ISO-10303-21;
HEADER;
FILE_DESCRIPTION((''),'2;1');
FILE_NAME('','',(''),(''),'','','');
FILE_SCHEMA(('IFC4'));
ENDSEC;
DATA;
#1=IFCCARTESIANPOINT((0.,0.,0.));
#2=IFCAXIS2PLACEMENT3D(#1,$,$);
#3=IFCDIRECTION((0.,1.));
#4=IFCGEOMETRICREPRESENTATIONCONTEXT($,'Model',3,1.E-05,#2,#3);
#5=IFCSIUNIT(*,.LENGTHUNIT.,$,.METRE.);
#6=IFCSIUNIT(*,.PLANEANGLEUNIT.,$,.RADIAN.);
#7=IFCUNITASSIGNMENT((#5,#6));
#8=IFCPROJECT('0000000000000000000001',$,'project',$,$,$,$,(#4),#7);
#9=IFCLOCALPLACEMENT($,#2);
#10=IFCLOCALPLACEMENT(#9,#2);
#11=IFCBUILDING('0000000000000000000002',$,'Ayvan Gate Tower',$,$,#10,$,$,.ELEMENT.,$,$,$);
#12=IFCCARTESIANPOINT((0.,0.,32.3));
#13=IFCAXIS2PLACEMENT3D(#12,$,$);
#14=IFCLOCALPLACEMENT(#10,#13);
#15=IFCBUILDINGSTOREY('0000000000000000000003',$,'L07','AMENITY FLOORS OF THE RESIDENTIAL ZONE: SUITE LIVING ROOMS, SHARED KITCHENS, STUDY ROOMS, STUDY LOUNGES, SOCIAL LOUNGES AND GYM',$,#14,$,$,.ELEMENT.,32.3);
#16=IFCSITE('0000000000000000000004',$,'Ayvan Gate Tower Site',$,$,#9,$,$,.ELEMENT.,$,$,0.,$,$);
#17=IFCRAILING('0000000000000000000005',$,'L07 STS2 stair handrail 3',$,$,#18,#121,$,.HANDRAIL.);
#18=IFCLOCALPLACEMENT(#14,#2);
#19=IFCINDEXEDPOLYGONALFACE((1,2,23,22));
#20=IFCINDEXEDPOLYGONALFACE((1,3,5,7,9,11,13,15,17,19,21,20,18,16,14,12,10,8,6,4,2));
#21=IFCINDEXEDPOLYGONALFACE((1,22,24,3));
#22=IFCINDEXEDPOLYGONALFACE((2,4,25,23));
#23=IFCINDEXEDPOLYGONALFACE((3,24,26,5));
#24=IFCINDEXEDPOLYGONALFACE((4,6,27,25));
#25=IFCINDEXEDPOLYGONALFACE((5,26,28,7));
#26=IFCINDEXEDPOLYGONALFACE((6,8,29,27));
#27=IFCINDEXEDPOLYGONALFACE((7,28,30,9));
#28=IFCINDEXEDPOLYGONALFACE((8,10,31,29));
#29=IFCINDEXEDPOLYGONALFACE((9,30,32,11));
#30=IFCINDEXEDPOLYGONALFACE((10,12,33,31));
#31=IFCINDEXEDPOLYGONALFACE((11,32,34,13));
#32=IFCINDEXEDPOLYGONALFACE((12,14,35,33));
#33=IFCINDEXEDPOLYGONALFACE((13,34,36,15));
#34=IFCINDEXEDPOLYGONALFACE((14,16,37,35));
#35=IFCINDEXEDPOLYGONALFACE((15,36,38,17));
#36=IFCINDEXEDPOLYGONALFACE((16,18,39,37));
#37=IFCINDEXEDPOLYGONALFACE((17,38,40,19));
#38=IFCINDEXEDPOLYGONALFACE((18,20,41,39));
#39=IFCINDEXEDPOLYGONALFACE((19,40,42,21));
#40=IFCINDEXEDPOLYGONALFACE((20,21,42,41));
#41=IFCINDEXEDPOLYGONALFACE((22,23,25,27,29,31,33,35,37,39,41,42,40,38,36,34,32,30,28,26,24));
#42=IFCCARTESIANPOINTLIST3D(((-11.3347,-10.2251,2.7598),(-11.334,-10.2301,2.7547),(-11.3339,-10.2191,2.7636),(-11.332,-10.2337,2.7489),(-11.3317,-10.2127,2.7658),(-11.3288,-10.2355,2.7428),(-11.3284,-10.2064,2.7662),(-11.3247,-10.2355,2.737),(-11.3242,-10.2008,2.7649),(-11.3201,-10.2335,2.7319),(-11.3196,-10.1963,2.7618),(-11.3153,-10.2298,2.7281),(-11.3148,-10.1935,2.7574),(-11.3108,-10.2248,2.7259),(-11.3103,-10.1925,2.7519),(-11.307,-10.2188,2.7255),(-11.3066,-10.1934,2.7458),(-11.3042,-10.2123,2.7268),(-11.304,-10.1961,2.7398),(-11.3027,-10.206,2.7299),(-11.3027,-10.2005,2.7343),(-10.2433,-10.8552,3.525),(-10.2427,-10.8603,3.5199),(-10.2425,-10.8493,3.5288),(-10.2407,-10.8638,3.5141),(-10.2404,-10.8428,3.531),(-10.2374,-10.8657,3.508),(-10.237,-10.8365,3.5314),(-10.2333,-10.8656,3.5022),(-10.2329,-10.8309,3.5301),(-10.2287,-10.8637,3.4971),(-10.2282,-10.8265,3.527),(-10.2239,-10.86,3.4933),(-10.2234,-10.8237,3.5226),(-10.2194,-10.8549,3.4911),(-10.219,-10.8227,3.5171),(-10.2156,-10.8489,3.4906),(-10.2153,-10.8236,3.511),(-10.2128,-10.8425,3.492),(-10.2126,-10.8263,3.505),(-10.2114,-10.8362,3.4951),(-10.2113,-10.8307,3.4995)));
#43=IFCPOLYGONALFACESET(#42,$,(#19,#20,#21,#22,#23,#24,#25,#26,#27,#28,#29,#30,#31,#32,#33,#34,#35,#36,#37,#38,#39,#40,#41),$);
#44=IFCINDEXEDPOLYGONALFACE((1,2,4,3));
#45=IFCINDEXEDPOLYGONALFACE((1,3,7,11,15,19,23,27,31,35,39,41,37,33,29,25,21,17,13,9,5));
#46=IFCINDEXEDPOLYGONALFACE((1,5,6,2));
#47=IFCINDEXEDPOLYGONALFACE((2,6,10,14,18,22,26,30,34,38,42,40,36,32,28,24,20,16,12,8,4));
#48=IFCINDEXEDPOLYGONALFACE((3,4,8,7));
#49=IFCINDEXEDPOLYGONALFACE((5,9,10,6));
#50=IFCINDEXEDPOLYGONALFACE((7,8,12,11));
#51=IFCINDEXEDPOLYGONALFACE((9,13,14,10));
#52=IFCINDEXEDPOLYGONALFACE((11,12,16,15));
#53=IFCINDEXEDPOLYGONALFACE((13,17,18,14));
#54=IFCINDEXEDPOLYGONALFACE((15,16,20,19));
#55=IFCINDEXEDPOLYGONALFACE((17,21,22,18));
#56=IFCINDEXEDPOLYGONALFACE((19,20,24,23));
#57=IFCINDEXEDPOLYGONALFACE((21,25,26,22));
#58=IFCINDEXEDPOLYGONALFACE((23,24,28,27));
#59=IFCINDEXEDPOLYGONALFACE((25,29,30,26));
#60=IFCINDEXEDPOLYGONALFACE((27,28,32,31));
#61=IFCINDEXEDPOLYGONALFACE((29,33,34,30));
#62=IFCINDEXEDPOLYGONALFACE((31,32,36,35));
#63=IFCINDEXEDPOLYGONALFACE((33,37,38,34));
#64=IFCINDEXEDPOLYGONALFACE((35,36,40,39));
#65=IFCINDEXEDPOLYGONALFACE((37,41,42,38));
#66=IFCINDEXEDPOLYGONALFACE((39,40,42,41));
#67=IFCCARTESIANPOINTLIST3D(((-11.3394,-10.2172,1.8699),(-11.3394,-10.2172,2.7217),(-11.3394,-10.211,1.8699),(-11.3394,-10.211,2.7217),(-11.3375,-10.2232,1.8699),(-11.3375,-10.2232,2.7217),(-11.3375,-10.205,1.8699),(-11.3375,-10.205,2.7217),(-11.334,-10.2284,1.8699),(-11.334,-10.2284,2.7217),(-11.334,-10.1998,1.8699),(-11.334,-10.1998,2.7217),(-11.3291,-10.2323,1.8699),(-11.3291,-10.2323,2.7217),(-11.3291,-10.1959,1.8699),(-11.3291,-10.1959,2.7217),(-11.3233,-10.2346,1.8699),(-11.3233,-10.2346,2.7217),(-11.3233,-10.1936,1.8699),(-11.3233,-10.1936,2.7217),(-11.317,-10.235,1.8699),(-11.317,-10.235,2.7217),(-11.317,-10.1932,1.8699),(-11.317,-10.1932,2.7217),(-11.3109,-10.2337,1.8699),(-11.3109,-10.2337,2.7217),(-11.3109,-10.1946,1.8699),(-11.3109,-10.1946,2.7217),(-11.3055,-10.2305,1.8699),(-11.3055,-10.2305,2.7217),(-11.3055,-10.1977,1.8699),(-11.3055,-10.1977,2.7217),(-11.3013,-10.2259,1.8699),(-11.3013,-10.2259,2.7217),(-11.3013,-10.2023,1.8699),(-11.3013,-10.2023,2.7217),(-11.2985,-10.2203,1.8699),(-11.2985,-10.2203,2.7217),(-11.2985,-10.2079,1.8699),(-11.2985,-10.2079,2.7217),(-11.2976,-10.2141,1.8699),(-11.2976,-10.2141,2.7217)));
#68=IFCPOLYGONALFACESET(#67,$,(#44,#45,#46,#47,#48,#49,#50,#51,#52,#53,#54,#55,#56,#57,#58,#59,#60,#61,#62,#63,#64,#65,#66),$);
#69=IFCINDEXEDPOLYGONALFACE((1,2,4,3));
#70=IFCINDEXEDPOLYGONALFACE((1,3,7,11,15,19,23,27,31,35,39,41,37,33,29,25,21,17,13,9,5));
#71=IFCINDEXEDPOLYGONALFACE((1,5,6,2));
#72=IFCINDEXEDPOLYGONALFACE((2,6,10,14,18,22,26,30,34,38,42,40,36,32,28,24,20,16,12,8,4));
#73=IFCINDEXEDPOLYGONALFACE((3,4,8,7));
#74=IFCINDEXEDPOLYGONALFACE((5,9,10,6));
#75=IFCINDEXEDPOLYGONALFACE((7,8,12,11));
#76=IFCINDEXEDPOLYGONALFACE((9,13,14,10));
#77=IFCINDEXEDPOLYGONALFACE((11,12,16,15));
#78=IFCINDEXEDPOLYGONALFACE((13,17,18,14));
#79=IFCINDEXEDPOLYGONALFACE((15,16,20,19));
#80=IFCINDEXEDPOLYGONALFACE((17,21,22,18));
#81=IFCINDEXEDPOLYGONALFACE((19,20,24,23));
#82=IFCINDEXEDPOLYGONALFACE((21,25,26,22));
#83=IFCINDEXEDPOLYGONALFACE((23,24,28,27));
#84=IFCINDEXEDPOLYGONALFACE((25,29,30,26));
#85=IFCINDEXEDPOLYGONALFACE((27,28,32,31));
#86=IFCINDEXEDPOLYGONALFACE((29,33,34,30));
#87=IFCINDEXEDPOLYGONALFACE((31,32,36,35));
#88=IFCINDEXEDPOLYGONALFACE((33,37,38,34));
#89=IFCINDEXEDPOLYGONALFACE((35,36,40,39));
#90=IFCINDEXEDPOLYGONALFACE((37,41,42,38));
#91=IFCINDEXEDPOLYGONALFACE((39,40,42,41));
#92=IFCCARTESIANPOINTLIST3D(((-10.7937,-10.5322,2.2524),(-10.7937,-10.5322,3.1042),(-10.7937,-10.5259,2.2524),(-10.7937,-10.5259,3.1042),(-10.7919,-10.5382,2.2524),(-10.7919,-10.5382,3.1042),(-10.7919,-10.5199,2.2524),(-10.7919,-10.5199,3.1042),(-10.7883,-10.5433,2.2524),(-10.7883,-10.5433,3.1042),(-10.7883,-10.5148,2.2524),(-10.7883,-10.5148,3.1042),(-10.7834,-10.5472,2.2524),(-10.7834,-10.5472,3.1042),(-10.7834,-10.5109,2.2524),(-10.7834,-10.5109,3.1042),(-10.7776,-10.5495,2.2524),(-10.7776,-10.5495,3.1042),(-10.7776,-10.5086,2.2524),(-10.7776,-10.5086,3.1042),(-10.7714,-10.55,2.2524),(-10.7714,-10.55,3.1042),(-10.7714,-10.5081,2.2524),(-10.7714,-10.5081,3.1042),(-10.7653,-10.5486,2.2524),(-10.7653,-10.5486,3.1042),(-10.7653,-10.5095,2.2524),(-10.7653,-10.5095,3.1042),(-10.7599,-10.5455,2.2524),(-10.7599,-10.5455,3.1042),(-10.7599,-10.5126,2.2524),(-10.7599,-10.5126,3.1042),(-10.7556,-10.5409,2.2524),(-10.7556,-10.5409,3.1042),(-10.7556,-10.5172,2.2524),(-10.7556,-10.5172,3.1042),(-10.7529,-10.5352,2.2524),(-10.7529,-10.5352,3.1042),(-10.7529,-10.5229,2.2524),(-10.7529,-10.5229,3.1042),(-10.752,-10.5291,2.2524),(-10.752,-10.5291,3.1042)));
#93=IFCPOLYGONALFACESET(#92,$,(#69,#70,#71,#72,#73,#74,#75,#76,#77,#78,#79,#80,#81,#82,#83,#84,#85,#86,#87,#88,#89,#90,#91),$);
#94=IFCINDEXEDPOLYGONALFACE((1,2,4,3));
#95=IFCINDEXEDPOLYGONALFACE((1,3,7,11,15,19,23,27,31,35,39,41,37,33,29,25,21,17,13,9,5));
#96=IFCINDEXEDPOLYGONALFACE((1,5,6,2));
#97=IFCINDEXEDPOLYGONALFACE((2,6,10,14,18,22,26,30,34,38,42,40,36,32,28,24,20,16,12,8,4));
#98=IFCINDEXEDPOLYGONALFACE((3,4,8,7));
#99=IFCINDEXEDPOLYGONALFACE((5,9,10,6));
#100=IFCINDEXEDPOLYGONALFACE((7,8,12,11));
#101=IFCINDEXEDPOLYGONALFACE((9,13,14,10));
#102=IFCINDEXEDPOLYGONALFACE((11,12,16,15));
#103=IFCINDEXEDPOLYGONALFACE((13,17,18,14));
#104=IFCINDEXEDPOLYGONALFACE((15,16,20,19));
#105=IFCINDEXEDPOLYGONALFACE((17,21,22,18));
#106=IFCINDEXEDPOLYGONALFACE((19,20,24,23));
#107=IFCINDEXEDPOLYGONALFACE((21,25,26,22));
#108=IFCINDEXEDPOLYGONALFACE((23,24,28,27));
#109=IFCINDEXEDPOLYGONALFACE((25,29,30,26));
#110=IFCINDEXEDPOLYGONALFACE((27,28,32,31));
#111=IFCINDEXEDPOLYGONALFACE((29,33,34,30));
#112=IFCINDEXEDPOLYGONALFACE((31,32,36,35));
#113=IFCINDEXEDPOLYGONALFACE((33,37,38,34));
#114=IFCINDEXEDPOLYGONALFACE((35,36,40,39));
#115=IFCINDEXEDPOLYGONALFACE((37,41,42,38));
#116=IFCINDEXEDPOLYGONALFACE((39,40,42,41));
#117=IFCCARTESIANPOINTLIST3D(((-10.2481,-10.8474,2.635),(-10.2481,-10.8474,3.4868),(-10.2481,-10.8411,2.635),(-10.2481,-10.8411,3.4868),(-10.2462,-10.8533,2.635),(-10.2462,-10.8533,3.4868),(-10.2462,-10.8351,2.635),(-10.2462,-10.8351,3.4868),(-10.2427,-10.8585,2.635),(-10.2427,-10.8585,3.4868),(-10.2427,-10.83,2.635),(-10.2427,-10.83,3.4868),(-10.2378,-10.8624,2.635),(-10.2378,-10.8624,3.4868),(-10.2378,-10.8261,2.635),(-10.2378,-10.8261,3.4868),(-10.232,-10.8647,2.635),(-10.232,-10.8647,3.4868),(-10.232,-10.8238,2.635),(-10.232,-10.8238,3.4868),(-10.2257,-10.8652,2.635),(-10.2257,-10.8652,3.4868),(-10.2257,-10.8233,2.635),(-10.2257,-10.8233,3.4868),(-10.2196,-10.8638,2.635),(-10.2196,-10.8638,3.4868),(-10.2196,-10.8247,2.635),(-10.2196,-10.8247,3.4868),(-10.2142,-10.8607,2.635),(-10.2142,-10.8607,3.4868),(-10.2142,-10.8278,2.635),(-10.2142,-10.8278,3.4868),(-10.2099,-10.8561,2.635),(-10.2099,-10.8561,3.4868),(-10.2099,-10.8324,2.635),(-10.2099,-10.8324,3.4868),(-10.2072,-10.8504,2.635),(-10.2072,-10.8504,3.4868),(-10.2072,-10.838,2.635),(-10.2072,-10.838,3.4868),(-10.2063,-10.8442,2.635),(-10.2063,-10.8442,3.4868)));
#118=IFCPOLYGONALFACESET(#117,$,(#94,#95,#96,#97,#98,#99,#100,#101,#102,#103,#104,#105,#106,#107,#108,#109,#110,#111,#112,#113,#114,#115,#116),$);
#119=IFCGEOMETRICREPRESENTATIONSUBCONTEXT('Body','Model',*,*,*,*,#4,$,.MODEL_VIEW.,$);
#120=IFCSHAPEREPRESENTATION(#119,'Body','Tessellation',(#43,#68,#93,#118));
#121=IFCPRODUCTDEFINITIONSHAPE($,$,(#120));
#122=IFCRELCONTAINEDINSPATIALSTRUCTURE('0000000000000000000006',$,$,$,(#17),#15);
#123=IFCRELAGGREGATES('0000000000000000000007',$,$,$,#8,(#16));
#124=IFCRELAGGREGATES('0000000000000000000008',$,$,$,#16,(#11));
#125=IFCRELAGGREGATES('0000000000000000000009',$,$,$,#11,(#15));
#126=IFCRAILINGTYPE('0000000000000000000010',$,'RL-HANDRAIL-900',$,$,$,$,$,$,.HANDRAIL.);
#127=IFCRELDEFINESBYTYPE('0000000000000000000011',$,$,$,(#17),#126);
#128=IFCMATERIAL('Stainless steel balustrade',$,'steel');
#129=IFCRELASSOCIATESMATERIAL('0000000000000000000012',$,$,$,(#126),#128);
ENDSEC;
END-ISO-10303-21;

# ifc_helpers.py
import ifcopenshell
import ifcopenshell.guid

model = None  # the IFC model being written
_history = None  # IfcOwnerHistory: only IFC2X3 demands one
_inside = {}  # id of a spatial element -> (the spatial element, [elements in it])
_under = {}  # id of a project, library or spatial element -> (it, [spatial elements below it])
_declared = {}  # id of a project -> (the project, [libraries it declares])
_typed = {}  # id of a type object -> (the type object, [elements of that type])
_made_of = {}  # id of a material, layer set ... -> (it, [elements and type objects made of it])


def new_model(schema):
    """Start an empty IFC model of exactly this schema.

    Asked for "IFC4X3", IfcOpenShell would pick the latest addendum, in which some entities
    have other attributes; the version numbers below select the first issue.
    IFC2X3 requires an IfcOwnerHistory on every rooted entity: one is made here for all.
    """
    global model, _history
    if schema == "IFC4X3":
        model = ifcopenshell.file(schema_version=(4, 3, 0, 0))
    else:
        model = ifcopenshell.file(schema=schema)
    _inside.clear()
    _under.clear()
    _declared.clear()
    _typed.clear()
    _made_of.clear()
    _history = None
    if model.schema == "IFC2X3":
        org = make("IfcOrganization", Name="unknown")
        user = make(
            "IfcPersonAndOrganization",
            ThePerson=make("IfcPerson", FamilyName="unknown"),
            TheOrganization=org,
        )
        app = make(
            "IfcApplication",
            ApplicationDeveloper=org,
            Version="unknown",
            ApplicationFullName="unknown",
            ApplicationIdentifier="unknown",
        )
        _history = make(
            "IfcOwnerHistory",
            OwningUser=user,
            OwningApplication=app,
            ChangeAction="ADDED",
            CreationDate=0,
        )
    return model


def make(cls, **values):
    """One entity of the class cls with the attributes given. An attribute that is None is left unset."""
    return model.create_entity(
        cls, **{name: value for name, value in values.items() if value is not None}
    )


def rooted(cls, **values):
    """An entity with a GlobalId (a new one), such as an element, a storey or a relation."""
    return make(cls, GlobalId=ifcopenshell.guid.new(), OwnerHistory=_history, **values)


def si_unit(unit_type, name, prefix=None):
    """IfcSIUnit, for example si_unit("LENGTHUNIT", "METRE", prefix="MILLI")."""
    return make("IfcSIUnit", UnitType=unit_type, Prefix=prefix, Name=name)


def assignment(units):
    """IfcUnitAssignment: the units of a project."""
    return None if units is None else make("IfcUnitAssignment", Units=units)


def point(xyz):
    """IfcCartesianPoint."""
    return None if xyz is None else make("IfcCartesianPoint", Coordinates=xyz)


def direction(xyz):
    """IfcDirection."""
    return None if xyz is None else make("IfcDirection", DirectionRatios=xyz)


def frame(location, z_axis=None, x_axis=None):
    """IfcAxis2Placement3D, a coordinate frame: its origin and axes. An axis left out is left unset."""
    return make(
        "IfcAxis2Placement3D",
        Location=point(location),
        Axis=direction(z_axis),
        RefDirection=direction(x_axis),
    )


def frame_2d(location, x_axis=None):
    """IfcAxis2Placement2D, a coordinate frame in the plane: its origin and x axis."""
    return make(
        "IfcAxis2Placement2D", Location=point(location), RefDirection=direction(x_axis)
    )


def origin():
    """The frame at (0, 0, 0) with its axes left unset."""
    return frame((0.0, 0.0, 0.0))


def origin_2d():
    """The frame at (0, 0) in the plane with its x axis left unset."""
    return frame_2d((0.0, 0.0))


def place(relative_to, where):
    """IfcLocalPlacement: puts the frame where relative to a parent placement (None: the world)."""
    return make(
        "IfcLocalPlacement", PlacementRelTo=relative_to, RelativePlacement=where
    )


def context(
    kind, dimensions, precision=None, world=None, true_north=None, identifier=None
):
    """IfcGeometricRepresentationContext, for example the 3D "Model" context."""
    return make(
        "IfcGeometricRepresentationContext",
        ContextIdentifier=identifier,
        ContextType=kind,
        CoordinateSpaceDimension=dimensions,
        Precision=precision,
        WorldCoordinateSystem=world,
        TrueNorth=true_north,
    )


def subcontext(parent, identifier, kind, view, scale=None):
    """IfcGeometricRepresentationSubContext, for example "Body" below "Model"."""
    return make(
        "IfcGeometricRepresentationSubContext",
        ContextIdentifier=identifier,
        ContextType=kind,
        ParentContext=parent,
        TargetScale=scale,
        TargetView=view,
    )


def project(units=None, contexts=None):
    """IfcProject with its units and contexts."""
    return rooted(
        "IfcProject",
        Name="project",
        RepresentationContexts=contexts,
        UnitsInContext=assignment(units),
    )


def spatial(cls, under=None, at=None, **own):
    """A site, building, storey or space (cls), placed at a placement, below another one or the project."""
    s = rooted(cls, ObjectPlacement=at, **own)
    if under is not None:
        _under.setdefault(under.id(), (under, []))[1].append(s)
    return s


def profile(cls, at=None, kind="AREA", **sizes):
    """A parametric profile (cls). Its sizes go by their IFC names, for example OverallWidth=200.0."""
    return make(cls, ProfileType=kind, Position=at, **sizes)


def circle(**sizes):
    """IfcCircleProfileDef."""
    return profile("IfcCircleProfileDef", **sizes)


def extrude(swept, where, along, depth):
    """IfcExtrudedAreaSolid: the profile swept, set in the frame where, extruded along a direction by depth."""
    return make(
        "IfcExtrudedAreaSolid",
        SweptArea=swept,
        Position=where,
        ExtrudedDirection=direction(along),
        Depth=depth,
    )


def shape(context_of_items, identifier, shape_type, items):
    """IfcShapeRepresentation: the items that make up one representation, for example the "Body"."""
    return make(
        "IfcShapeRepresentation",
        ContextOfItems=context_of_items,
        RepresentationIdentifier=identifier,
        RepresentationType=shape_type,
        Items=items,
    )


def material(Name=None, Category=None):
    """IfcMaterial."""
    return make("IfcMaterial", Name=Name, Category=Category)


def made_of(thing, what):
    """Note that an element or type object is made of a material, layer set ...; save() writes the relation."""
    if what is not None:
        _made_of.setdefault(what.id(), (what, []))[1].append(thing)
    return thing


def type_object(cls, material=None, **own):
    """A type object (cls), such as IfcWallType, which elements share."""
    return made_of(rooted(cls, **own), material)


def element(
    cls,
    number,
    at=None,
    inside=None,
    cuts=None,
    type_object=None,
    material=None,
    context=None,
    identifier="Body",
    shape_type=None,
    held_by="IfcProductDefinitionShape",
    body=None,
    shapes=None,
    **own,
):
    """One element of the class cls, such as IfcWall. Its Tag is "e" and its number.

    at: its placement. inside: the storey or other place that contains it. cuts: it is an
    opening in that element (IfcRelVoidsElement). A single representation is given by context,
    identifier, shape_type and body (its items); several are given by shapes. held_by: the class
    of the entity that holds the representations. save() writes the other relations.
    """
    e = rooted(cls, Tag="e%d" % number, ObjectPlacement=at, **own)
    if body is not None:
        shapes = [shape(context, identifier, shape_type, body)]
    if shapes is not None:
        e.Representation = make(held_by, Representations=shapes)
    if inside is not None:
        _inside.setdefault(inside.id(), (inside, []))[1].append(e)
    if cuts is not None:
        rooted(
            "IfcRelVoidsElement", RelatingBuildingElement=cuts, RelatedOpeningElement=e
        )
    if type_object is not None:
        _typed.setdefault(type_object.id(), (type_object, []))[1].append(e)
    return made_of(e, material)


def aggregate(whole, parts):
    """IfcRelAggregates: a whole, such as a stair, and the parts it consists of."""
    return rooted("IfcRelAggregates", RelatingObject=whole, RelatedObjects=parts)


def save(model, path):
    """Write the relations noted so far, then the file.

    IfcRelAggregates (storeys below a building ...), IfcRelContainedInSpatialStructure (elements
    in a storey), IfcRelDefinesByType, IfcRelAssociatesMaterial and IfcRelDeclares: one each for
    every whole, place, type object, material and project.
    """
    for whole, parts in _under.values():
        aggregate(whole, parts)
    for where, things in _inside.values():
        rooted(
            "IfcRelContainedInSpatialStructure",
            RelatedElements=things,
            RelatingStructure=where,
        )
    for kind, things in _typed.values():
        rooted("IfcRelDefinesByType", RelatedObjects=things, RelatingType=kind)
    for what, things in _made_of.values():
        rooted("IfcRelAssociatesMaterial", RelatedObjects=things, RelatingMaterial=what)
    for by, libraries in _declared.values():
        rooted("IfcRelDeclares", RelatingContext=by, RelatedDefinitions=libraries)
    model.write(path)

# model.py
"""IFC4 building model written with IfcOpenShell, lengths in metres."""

from ifc_helpers import new_model, si_unit, direction, frame, origin, origin_2d, place, context, subcontext, project, spatial, circle, extrude, material, type_object, element, save


model = new_model("IFC4")

# Units and contexts
model_context = context("Model", 3, precision=1e-05, world=origin(), true_north=direction((0.0, 1.0)))
body_context = subcontext(model_context, "Body", "Model", "MODEL_VIEW")
ifc_project = project(units=[si_unit("LENGTHUNIT", "METRE"), si_unit("PLANEANGLEUNIT", "RADIAN")], contexts=[model_context])

# Site, building, storey
site_placement = place(None, origin())
site = spatial("IfcSite", under=ifc_project, at=site_placement, Name="Ayvan Gate Tower Site", CompositionType="ELEMENT", RefElevation=0.0)
building_placement = place(site_placement, origin())
building = spatial("IfcBuilding", under=site, at=building_placement, Name="Ayvan Gate Tower", CompositionType="ELEMENT")
storey_placement = place(building_placement, frame((0.0, 0.0, 32.3)))
storey = spatial("IfcBuildingStorey", under=building, at=storey_placement, Name="L07", Description="AMENITY FLOORS OF THE RESIDENTIAL ZONE: SUITE LIVING ROOMS, SHARED KITCHENS, STUDY ROOMS, STUDY LOUNGES, SOCIAL LOUNGES AND GYM", CompositionType="ELEMENT", Elevation=32.3)

# Railing
ifc_material_1 = material(Name="Stainless steel balustrade", Category="steel")
railing_type_1 = type_object("IfcRailingType", Name="RL-HANDRAIL-900", PredefinedType="HANDRAIL", material=ifc_material_1)
railing_1_placement = place(storey_placement, frame((-11.3186, -10.2141, 1.8699)))
element("IfcRailing", 1, at=railing_1_placement, inside=storey, type_object=railing_type_1, Name="L07 STS2 stair handrail 3", PredefinedType="HANDRAIL", context=body_context, shape_type="SweptSolid", body=[
    extrude(circle(Radius=0.0239, at=origin_2d()), frame((0.0, 0.0, 0.876), z_axis=(0.740241, -0.427419, 0.518996), x_axis=(0.500035, 0.866005, 0.0)), (0.0, 0.0, 1.0), 1.4744),
    extrude(circle(Radius=0.021, at=origin_2d()), origin(), (0.0, 0.0, 1.0), 0.8518),
    extrude(circle(Radius=0.021, at=origin_2d()), frame((0.5457, -0.3149, 0.3826)), (0.0, 0.0, 1.0), 0.8518),
    extrude(circle(Radius=0.021, at=origin_2d()), frame((1.0913, -0.6301, 0.7651)), (0.0, 0.0, 1.0), 0.8518),
])

save(model, "model.ifc")
